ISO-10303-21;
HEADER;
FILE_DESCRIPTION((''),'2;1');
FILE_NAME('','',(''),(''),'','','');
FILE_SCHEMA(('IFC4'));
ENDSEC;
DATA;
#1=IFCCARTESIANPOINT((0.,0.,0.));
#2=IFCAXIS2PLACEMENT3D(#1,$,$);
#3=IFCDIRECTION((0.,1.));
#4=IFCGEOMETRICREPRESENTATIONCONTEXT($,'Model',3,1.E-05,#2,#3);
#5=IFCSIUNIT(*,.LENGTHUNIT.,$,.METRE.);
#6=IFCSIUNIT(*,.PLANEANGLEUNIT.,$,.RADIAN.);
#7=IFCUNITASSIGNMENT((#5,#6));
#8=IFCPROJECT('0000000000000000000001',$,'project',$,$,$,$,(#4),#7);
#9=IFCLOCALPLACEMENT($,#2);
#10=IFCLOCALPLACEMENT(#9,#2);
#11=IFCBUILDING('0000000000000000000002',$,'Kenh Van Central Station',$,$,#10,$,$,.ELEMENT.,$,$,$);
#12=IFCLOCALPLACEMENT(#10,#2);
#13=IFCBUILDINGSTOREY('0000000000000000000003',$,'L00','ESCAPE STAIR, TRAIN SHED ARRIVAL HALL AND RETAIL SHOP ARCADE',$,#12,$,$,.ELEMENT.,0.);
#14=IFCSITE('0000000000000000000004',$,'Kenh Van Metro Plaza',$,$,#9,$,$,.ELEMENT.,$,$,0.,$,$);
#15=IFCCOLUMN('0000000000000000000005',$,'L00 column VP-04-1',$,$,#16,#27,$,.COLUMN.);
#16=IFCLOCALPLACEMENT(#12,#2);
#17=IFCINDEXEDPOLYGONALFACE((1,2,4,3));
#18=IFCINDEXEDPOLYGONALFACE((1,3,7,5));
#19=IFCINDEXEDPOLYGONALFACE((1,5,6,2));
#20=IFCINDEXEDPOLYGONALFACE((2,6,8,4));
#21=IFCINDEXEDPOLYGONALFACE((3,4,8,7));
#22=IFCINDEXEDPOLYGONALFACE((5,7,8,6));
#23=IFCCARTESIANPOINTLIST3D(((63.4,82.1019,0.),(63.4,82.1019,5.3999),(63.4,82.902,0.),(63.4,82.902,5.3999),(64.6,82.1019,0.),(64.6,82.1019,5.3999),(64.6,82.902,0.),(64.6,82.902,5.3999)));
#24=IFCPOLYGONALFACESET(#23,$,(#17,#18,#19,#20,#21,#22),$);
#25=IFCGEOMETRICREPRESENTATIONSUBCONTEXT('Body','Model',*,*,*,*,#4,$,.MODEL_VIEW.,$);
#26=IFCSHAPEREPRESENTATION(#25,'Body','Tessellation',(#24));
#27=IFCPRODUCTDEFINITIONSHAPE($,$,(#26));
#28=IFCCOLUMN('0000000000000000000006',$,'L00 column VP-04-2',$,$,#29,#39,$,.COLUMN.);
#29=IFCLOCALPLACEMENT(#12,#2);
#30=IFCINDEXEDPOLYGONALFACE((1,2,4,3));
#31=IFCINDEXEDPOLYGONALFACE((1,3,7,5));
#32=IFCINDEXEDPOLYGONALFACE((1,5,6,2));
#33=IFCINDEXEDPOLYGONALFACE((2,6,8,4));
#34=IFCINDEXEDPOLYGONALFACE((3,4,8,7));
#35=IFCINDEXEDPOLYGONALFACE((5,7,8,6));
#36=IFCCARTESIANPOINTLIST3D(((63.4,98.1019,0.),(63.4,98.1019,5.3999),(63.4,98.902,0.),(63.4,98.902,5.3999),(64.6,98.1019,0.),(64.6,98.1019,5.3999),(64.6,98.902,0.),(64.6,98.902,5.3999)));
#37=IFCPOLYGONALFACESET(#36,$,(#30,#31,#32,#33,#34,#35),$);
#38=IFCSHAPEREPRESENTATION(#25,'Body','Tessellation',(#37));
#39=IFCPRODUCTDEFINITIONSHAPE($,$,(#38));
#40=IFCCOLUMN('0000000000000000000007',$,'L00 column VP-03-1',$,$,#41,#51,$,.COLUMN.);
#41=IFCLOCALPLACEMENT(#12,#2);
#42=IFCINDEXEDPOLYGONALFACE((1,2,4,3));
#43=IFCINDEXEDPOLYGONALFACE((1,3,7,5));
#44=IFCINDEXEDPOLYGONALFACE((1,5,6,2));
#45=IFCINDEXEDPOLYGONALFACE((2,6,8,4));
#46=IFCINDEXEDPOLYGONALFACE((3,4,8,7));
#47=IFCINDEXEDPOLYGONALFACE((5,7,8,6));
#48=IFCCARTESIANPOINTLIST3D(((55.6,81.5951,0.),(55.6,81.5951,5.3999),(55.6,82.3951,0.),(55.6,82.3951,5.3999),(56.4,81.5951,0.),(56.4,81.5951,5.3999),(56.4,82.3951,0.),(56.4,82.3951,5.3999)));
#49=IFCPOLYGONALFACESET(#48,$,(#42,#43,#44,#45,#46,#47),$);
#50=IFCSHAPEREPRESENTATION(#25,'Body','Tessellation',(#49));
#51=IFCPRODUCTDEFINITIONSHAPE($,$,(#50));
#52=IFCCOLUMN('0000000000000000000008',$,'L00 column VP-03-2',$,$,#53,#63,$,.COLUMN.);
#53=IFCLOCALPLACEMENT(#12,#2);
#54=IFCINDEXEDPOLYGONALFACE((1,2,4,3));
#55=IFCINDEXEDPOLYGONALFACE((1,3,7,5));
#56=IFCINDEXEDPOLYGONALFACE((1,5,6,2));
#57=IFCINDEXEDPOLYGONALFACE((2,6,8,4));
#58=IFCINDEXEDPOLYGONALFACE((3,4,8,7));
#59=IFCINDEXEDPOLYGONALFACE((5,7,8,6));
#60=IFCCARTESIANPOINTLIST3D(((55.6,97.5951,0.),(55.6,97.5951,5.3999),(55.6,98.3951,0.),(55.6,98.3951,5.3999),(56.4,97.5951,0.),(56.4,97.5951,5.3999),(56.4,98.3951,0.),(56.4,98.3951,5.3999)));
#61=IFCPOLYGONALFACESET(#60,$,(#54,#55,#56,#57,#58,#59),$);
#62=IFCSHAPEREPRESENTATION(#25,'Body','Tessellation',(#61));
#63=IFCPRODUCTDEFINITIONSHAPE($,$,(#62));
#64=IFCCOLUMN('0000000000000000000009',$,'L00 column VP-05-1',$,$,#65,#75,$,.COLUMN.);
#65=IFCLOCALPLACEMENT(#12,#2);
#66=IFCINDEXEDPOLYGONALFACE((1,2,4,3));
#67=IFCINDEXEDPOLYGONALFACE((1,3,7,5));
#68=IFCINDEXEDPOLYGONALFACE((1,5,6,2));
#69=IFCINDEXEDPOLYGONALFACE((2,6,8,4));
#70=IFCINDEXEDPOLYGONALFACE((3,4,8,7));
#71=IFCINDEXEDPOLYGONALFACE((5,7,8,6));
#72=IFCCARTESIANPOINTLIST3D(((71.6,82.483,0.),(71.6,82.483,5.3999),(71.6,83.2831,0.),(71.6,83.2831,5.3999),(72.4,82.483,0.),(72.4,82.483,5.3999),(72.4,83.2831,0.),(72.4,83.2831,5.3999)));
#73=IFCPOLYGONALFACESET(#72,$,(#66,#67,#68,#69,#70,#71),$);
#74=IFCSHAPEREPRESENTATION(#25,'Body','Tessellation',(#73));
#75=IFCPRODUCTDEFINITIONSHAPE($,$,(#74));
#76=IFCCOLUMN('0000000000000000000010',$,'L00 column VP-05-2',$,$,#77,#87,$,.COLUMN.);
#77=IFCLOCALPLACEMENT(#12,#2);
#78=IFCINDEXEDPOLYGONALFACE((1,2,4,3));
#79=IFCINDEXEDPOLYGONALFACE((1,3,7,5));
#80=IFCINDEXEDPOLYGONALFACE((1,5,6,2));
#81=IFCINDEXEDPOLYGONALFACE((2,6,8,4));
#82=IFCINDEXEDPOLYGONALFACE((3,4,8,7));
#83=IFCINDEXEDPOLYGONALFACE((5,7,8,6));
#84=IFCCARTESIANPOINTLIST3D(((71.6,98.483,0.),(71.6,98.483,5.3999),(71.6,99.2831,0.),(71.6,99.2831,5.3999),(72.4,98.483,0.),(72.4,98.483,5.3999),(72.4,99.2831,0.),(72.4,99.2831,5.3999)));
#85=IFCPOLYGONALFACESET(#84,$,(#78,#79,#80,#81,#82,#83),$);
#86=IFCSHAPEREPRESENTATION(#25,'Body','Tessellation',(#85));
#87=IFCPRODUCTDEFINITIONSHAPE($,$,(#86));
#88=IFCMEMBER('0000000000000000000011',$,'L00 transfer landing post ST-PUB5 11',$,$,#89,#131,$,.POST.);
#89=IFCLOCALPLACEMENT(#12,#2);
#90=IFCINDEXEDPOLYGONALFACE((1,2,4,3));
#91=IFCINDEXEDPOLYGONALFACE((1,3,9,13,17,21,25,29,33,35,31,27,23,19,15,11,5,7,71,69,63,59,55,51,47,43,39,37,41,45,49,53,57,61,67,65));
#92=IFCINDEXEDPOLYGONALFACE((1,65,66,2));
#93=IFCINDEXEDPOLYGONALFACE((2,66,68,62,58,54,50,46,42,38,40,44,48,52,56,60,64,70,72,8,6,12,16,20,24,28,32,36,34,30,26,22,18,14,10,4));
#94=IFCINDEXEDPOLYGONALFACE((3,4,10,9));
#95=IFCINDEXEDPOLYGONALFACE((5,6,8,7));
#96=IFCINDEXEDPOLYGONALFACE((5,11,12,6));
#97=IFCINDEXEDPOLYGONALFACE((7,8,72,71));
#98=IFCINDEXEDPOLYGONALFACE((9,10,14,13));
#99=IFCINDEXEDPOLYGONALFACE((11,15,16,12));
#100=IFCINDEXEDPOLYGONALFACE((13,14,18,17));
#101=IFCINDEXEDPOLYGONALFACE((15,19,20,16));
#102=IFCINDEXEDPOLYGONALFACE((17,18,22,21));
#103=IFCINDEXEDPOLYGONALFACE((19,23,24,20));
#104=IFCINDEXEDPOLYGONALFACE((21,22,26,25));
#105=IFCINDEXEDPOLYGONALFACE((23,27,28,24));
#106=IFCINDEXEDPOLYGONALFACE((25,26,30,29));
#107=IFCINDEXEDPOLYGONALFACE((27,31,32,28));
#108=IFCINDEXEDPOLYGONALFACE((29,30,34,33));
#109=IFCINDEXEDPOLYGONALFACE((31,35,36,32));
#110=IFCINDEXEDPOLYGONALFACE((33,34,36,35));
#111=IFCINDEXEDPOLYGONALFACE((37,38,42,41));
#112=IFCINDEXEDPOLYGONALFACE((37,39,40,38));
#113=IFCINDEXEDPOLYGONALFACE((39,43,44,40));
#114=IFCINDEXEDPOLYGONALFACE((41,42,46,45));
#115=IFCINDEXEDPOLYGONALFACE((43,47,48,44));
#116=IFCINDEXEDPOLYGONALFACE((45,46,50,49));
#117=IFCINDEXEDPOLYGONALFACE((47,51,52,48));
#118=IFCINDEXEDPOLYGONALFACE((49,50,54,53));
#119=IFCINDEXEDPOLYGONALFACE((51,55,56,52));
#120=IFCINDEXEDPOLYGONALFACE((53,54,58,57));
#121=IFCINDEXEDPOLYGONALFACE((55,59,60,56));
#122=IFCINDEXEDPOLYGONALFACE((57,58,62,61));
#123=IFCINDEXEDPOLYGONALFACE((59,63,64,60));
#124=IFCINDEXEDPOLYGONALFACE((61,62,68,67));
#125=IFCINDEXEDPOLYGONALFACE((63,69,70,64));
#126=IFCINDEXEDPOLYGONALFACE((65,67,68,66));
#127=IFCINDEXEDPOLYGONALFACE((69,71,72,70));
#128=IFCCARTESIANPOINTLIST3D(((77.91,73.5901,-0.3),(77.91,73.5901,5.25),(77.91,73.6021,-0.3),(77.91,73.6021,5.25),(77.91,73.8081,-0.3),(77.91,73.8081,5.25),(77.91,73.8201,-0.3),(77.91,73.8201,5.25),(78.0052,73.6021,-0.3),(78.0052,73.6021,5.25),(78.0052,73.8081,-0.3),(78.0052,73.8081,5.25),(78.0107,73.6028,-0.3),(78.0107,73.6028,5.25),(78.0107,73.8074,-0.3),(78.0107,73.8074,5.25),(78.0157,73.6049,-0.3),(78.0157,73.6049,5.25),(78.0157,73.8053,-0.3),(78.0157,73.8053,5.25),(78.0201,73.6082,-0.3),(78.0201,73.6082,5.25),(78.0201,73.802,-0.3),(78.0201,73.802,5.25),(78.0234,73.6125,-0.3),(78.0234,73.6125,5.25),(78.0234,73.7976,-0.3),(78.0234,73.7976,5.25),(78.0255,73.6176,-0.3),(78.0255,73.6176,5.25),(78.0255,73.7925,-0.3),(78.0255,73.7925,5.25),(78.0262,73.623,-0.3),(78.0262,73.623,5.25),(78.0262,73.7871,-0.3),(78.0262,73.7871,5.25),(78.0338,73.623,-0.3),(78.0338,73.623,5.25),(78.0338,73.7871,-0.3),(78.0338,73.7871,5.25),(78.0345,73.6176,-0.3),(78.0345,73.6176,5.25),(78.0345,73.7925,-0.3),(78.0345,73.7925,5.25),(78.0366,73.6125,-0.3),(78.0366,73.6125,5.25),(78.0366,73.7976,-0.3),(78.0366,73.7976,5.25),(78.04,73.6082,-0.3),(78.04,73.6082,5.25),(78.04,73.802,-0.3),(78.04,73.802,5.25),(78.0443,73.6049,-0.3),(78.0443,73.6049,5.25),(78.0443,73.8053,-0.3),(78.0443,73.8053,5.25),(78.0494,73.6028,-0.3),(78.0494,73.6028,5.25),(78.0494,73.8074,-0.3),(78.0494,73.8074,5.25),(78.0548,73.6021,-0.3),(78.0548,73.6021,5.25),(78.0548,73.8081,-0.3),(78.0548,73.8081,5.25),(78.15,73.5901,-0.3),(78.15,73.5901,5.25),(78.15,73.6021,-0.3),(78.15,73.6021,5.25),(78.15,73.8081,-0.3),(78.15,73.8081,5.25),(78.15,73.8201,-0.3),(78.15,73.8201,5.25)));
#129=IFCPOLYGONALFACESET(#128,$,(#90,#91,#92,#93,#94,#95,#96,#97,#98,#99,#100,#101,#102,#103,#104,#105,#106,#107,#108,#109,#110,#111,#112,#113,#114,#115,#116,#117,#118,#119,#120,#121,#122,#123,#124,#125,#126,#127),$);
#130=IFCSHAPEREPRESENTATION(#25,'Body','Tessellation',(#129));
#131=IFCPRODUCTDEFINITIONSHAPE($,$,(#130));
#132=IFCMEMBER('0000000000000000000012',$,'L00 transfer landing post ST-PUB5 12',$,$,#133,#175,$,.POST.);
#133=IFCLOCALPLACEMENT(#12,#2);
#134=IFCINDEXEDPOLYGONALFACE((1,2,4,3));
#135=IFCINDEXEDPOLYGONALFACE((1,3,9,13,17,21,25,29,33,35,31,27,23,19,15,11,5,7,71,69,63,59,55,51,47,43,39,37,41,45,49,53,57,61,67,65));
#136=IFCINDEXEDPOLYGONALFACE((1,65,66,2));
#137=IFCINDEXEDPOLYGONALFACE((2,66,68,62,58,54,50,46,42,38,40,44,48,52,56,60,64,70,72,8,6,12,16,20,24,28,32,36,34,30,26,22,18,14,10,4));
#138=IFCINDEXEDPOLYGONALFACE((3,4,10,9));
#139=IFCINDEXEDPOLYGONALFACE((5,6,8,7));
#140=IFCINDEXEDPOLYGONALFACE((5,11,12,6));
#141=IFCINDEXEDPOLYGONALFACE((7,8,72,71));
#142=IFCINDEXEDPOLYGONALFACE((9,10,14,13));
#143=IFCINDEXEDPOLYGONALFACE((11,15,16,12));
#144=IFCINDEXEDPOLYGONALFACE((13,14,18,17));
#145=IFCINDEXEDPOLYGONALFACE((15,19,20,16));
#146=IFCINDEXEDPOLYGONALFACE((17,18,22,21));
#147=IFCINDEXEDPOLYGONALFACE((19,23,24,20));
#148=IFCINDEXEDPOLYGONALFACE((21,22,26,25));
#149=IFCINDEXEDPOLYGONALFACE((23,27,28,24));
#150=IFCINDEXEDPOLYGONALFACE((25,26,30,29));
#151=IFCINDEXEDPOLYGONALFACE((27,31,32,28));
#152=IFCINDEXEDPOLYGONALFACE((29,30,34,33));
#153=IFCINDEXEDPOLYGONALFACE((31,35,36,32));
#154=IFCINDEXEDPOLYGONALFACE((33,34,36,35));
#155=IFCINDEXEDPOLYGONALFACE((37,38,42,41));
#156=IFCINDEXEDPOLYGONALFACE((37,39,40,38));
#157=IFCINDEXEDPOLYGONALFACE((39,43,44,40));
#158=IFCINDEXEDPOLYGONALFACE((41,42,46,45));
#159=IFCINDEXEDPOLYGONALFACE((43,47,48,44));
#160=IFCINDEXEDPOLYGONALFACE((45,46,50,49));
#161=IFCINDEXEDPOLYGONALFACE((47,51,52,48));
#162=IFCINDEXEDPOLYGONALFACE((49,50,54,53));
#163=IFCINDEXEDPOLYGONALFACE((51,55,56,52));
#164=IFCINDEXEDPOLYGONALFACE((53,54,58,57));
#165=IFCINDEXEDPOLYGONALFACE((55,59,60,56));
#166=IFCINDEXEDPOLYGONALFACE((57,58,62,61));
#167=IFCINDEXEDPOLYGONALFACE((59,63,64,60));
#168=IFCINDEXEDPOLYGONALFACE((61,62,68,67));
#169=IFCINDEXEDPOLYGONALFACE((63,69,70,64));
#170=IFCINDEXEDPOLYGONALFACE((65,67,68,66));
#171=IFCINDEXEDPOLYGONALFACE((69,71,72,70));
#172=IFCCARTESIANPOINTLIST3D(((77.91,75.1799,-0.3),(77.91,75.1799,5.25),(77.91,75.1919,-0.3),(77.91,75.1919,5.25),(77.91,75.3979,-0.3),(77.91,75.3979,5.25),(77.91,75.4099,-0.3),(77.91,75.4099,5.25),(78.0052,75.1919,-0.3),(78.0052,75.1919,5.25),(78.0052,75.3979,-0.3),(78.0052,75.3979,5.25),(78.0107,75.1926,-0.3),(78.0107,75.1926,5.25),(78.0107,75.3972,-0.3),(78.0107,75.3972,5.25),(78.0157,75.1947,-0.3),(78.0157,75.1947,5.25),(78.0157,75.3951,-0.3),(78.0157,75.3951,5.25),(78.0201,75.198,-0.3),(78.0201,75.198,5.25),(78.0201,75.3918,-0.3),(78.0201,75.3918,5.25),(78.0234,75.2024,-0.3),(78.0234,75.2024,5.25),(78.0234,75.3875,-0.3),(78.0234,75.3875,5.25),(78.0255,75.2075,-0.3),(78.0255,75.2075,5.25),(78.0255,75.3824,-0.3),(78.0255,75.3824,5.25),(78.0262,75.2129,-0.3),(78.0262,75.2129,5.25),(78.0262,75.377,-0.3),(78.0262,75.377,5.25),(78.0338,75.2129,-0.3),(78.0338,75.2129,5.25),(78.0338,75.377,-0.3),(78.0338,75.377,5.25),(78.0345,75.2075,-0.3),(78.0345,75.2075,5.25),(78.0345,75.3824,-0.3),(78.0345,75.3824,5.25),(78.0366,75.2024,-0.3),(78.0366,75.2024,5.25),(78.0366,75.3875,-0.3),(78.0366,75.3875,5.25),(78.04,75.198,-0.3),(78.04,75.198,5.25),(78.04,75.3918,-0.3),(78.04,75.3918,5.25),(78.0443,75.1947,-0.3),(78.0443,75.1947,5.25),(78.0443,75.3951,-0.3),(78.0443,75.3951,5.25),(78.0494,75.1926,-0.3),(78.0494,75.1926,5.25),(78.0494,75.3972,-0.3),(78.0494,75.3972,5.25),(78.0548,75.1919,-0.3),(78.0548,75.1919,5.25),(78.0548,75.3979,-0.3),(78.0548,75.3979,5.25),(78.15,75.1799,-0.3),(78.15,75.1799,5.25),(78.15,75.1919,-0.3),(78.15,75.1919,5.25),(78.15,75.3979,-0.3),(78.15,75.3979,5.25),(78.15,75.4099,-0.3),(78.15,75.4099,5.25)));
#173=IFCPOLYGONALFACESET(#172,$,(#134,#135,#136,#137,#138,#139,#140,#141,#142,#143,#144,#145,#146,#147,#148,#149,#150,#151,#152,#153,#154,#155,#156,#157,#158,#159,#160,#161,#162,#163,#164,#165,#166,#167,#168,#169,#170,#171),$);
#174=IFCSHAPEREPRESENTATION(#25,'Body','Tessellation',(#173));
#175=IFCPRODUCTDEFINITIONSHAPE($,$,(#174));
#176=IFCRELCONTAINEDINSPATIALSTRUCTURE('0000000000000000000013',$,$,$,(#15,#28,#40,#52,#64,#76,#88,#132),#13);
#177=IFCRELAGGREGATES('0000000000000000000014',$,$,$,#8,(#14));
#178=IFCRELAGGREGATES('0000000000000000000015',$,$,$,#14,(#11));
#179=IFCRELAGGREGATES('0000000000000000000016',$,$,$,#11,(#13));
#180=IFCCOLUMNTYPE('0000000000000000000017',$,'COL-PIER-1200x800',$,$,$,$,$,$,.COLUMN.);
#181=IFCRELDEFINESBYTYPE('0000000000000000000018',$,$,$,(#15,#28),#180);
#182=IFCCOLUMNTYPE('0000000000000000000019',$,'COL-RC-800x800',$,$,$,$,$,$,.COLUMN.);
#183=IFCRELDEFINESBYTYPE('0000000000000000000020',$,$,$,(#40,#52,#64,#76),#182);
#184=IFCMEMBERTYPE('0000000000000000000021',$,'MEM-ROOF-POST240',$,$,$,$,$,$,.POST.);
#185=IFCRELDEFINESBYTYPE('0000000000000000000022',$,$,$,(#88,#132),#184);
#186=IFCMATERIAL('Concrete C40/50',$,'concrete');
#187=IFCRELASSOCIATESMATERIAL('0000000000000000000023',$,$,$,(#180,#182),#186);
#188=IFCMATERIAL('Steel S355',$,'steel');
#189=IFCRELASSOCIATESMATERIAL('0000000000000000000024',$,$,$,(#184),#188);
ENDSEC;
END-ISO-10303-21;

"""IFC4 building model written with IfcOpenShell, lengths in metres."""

from ifc_helpers import new_model, si_unit, direction, frame, origin, origin_2d, place, context, subcontext, project, spatial, rectangle, i_section, extrude, material, material_profile, profile_set, type_object, element, save


model = new_model("IFC4")

# Units and contexts
model_context = context("Model", 3, precision=1e-05, world=origin(), true_north=direction((0.0, 1.0)))
body_context = subcontext(model_context, "Body", "Model", "MODEL_VIEW")
ifc_project = project(units=[si_unit("LENGTHUNIT", "METRE"), si_unit("PLANEANGLEUNIT", "RADIAN")], contexts=[model_context])

# Site, building, storey
site_placement = place(None, origin())
site = spatial("IfcSite", under=ifc_project, at=site_placement, Name="Kenh Van Metro Plaza", CompositionType="ELEMENT", RefElevation=0.0)
building_placement = place(site_placement, origin())
building = spatial("IfcBuilding", under=site, at=building_placement, Name="Kenh Van Central Station", CompositionType="ELEMENT")
storey_placement = place(building_placement, origin())
storey = spatial("IfcBuildingStorey", under=building, at=storey_placement, Name="L00", Description="ESCAPE STAIR, TRAIN SHED ARRIVAL HALL AND RETAIL SHOP ARCADE", CompositionType="ELEMENT", Elevation=0.0)

# Columns
ifc_material_1 = material(Name="Concrete C40/50", Category="concrete")
ifc_material_profile_1 = material_profile(ifc_material_1, rectangle(XDim=1.2, YDim=0.8, at=origin_2d()), Name="RC 1200x800")
ifc_profile_set_1 = profile_set([ifc_material_profile_1], Name="Concrete C40/50")
column_type_1 = type_object("IfcColumnType", Name="COL-PIER-1200x800", PredefinedType="COLUMN", material=ifc_profile_set_1)
for number, where, z_axis, x_axis, name in (
    (1, (64.0, 82.502, 0.0), (0.0, 0.0, 1.0), (1.0, 0.0, 0.0), "L00 column VP-04-1"),
    (2, (64.0, 98.502, 0.0), (0.0, 0.0, 1.0), (1.0, 0.0, 0.0), "L00 column VP-04-2"),
):
    element("IfcColumn", number, at=place(storey_placement, frame(where, z_axis=z_axis, x_axis=x_axis)), inside=storey, type_object=column_type_1, Name=name, PredefinedType="COLUMN", context=body_context, shape_type="SweptSolid", body=[
        extrude(rectangle(XDim=1.2, YDim=0.8, at=origin_2d()), origin(), (0.0, 0.0, 1.0), 5.3999),
    ])
ifc_material_profile_2 = material_profile(ifc_material_1, rectangle(XDim=0.8, YDim=0.8, at=origin_2d()), Name="RC 800x800")
ifc_profile_set_2 = profile_set([ifc_material_profile_2], Name="Concrete C40/50")
column_type_2 = type_object("IfcColumnType", Name="COL-RC-800x800", PredefinedType="COLUMN", material=ifc_profile_set_2)
for number, where, z_axis, x_axis, name in (
    (3, (56.0, 81.9951, 0.0), (0.0, 0.0, 1.0), (1.0, 0.0, 0.0), "L00 column VP-03-1"),
    (4, (56.0, 97.9951, 0.0), (0.0, 0.0, 1.0), (1.0, 0.0, 0.0), "L00 column VP-03-2"),
    (5, (72.0, 82.8831, 0.0), (0.0, 0.0, 1.0), (1.0, 0.0, 0.0), "L00 column VP-05-1"),
    (6, (72.0, 98.8831, 0.0), (0.0, 0.0, 1.0), (1.0, 0.0, 0.0), "L00 column VP-05-2"),
):
    element("IfcColumn", number, at=place(storey_placement, frame(where, z_axis=z_axis, x_axis=x_axis)), inside=storey, type_object=column_type_2, Name=name, PredefinedType="COLUMN", context=body_context, shape_type="SweptSolid", body=[
        extrude(rectangle(XDim=0.8, YDim=0.8, at=origin_2d()), origin(), (0.0, 0.0, 1.0), 5.3999),
    ])

# Members
ifc_material_2 = material(Name="Steel S355", Category="steel")
ifc_material_profile_3 = material_profile(ifc_material_2, i_section(OverallWidth=0.24, OverallDepth=0.23, WebThickness=0.0076, FlangeThickness=0.012, FilletRadius=0.021, at=origin_2d()), Name="HEA 240")
ifc_profile_set_3 = profile_set([ifc_material_profile_3], Name="Steel S355")
member_type = type_object("IfcMemberType", Name="MEM-ROOF-POST240", PredefinedType="POST", material=ifc_profile_set_3)
for number, where, z_axis, x_axis, name in (
    (7, (78.03, 73.7051, -0.3), (0.0, 0.0, 1.0), (1.0, 0.0, 0.0), "L00 transfer landing post ST-PUB5 11"),
    (8, (78.03, 75.2949, -0.3), (0.0, 0.0, 1.0), (1.0, 0.0, 0.0), "L00 transfer landing post ST-PUB5 12"),
):
    element("IfcMember", number, at=place(storey_placement, frame(where, z_axis=z_axis, x_axis=x_axis)), inside=storey, type_object=member_type, Name=name, PredefinedType="POST", context=body_context, shape_type="SweptSolid", body=[
        extrude(i_section(OverallWidth=0.24, OverallDepth=0.23, WebThickness=0.0076, FlangeThickness=0.012, FilletRadius=0.021, at=origin_2d()), origin(), (0.0, 0.0, 1.0), 5.55),
    ])

save(model, "model.ifc")
